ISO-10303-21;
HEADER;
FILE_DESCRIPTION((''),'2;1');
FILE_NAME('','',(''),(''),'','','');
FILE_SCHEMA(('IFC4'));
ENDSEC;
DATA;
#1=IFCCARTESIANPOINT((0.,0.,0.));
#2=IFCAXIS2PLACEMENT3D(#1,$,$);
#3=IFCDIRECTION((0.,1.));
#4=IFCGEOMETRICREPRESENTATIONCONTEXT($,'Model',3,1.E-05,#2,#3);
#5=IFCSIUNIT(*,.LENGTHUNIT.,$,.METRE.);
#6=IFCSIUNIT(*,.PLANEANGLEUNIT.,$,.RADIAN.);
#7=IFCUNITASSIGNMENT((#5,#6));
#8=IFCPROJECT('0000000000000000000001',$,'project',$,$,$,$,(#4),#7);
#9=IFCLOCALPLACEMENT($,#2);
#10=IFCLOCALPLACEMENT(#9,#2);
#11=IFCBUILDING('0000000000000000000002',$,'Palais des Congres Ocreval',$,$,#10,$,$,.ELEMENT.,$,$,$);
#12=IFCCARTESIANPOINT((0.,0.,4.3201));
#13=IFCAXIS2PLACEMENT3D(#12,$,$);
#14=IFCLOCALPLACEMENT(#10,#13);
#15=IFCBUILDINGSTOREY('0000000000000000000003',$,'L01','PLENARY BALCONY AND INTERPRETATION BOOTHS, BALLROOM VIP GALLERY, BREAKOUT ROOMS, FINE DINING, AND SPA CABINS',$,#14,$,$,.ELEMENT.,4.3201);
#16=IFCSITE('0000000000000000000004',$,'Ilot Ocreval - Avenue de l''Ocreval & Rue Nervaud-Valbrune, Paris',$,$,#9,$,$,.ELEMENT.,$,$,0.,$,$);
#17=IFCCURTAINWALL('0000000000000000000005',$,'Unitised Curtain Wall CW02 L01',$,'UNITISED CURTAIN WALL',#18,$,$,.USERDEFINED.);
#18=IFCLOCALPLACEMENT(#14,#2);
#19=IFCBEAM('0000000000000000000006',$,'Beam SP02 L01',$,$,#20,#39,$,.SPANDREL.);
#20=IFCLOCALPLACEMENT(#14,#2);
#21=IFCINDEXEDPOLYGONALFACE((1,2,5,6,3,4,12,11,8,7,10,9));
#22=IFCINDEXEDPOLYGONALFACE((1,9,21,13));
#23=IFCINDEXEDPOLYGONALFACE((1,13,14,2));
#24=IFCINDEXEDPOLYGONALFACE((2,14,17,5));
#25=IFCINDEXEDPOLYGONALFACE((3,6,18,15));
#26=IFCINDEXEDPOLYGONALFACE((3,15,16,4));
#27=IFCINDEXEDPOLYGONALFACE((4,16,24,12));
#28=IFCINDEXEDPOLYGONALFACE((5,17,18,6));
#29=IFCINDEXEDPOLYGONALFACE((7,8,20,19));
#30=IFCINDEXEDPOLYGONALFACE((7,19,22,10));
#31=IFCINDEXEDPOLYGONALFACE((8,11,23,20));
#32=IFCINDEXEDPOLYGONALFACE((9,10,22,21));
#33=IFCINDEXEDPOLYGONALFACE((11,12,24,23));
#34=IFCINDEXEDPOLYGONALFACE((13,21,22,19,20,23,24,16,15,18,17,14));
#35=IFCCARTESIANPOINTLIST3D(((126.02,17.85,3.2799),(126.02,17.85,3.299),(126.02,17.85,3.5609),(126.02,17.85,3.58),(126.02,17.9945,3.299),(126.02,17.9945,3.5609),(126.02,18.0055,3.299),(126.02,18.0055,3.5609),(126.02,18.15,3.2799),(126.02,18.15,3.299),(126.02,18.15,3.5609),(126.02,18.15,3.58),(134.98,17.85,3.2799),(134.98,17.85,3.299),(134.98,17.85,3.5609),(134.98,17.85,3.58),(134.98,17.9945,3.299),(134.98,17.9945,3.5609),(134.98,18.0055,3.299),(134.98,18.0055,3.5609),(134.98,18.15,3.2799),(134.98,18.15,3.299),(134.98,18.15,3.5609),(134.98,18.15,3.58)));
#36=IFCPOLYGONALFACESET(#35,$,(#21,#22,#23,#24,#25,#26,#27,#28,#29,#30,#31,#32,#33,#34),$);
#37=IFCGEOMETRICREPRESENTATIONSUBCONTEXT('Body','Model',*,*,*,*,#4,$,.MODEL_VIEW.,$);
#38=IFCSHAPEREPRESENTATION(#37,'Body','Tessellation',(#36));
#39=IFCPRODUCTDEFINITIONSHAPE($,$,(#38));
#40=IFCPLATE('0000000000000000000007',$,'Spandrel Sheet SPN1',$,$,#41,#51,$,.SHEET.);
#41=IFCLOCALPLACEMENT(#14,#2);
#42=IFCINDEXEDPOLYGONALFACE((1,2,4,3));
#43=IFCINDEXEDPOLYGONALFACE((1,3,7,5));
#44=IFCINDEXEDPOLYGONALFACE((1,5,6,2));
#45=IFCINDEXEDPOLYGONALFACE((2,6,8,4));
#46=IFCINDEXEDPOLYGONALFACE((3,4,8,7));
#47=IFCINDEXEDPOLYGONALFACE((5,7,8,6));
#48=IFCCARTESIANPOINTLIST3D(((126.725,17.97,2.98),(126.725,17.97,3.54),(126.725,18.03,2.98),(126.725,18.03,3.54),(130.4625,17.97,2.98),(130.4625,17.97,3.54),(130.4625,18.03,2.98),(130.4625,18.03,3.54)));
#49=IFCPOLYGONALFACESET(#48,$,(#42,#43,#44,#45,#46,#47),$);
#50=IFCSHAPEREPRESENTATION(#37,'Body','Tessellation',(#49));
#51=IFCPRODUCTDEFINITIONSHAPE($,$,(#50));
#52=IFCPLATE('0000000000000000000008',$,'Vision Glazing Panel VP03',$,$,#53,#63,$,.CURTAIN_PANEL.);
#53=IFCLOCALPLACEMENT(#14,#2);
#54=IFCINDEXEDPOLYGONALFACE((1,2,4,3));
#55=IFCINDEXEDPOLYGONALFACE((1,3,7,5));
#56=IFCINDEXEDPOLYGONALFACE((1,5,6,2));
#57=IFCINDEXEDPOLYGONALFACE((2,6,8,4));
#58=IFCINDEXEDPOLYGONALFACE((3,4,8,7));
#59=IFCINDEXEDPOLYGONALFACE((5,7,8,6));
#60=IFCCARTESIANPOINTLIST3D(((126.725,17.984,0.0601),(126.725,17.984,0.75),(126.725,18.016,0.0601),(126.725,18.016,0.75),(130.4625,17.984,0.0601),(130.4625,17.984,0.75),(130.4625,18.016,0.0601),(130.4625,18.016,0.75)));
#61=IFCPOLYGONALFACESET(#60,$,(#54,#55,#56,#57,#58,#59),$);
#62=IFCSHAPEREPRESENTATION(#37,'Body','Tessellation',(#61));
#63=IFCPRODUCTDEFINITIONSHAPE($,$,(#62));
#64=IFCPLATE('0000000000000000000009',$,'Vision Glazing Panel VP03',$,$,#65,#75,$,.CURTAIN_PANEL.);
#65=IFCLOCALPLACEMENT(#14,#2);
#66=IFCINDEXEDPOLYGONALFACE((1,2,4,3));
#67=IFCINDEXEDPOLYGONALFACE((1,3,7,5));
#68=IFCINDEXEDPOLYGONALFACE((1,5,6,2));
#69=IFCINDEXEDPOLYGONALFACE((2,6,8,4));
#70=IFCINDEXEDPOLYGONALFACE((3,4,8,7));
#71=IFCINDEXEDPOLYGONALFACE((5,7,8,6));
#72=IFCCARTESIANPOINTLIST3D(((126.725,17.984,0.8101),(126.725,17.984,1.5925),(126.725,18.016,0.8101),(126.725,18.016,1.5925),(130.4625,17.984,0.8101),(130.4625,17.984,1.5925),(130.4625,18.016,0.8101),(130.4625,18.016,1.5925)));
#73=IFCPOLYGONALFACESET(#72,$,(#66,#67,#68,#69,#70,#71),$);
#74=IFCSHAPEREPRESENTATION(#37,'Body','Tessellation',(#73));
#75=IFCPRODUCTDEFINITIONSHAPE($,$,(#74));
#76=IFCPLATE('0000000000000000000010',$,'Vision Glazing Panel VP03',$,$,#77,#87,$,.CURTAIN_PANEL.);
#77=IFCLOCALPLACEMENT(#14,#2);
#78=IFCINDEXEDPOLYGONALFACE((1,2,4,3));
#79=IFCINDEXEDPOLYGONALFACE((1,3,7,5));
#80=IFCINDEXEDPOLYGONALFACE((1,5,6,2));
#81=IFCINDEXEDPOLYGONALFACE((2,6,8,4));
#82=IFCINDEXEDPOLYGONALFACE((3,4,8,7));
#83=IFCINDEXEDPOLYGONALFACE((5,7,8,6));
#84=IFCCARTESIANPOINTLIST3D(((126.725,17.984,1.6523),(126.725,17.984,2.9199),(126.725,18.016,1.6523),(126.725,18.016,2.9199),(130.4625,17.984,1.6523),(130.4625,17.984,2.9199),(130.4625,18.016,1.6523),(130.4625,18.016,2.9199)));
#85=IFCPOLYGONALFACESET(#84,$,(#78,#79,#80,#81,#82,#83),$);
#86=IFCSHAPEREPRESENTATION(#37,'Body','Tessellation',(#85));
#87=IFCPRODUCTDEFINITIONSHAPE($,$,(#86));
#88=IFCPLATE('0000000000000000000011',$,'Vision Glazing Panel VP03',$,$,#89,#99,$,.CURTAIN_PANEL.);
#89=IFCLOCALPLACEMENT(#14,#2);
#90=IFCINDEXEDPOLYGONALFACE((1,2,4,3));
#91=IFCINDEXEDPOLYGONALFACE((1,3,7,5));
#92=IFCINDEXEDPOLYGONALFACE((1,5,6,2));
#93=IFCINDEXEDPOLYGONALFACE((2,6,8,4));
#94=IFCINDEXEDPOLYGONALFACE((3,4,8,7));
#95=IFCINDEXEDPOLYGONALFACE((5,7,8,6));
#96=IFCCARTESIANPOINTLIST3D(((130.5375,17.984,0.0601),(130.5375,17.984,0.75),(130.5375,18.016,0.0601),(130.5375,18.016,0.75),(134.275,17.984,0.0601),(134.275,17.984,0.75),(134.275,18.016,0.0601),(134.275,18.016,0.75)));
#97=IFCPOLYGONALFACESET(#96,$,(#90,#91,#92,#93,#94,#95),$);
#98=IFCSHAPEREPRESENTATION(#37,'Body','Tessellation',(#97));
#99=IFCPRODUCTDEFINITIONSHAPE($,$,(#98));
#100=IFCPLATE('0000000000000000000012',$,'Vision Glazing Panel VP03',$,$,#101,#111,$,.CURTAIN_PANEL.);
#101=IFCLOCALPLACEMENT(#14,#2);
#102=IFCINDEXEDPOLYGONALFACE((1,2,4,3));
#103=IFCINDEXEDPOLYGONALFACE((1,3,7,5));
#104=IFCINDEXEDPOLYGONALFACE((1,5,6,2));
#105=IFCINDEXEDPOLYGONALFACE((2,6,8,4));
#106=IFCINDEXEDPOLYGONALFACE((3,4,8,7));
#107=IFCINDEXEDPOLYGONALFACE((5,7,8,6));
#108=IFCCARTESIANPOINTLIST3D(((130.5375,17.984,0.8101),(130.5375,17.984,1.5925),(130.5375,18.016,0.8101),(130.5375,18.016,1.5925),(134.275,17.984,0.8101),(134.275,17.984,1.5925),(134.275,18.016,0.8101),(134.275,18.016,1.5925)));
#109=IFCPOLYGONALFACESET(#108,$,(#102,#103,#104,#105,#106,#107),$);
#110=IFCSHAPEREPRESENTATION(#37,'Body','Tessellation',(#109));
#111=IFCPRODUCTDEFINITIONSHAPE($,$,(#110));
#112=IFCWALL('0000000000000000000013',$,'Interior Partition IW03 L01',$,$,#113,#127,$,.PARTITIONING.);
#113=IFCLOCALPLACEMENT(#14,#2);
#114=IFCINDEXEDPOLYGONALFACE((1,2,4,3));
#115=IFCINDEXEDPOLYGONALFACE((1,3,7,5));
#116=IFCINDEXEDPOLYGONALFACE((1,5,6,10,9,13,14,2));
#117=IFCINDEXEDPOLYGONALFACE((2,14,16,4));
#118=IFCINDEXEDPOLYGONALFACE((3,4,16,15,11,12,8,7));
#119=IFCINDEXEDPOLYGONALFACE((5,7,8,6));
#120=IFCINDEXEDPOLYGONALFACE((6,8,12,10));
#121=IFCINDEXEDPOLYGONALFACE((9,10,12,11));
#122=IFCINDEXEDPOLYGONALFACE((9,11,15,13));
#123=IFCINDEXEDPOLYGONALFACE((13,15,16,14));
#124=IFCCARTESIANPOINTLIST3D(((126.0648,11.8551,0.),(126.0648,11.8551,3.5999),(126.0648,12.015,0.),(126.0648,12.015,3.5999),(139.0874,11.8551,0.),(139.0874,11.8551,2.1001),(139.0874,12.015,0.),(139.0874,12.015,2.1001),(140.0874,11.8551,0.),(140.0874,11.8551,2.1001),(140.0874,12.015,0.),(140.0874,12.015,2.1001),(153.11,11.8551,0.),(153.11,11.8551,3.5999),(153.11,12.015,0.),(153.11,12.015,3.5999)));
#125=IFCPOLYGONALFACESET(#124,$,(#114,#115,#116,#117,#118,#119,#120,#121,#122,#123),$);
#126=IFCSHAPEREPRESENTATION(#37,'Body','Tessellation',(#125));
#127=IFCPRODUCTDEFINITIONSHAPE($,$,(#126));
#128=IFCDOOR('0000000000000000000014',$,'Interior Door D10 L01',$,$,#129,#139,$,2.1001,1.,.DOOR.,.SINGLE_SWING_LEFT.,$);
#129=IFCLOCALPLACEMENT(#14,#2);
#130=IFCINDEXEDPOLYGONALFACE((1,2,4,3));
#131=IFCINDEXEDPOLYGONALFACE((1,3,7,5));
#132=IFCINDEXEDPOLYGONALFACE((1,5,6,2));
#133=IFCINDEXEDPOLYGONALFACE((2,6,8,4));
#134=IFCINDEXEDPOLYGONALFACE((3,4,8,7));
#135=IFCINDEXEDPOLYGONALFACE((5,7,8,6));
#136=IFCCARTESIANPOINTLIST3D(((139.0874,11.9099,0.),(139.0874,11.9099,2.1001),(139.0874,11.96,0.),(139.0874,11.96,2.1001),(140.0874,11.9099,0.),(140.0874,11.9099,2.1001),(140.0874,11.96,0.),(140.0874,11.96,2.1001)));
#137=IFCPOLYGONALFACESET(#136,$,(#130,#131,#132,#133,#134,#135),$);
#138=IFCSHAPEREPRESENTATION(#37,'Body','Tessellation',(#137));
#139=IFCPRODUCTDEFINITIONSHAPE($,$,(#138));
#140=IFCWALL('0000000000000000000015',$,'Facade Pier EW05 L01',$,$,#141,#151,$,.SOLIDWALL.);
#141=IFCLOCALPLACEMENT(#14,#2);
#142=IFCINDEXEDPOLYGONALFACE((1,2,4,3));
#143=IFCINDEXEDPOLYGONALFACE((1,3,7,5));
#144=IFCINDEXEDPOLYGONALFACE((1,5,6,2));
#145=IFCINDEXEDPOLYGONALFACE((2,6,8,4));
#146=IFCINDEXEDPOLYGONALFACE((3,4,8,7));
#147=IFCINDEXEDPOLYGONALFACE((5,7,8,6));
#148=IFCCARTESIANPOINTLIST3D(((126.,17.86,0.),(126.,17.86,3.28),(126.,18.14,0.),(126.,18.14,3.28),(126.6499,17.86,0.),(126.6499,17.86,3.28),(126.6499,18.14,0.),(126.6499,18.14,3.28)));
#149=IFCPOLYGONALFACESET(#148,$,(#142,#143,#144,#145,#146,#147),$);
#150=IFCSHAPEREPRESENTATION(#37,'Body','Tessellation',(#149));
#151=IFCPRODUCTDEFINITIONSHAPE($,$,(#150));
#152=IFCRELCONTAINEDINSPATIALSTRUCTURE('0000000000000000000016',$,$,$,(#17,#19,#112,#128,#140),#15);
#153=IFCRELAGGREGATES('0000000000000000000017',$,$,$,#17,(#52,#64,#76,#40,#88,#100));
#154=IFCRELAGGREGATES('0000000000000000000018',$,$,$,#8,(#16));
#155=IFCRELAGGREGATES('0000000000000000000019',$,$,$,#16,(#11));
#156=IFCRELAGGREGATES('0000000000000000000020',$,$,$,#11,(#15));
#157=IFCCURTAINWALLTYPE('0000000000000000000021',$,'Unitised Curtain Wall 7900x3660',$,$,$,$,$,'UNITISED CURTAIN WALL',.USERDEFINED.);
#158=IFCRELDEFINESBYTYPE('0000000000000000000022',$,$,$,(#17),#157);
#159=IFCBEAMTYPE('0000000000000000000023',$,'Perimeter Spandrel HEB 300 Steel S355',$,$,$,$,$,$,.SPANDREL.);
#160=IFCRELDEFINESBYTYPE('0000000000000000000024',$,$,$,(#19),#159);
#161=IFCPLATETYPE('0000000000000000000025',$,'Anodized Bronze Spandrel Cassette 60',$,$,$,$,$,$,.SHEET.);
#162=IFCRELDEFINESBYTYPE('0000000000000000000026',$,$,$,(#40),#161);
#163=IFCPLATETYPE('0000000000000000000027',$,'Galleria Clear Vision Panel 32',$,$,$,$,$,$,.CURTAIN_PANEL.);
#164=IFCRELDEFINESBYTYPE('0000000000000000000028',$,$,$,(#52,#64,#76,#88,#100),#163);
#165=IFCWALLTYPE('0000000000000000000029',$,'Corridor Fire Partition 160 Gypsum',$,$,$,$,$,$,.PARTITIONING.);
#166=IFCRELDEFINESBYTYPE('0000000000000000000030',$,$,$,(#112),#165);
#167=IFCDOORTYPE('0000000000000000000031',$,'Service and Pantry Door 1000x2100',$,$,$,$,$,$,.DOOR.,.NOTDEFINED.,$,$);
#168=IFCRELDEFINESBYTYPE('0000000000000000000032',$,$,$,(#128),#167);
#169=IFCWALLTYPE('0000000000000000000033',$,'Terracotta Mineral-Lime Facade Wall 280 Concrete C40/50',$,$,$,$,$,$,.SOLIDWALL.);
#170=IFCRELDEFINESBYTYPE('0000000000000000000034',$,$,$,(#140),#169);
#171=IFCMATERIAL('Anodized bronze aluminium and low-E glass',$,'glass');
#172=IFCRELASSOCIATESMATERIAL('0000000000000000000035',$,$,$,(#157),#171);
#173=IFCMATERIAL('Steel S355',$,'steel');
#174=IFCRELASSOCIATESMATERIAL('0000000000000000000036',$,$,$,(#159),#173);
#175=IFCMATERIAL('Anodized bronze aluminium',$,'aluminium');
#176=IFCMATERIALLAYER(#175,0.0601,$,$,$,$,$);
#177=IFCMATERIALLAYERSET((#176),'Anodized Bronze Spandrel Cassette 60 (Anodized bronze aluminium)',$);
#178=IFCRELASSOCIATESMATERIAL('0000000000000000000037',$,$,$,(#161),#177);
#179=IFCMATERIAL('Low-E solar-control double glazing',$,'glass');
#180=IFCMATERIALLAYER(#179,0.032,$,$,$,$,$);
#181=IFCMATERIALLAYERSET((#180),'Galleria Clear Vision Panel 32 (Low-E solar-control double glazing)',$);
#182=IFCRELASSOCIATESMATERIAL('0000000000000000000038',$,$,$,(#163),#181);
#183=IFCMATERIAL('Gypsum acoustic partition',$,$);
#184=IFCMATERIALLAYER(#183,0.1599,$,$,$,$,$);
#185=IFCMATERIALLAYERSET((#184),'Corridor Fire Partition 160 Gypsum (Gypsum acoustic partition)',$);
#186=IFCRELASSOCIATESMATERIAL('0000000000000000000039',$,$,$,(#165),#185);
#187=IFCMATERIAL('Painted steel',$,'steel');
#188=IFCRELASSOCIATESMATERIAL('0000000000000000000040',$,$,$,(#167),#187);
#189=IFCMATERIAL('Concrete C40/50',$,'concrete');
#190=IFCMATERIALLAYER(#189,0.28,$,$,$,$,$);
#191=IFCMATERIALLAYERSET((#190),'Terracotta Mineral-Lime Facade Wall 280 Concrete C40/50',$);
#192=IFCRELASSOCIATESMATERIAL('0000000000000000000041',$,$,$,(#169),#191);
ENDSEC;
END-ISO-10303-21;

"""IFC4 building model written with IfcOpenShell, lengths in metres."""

from ifc_helpers import new_model, si_unit, direction, frame, frame_2d, origin, origin_2d, place, context, subcontext, project, spatial, rectangle, i_section, extrude, material, layer, layer_set, material_profile, profile_set, type_object, element, fill, aggregate, save


model = new_model("IFC4")

# Units and contexts
model_context = context("Model", 3, precision=1e-05, world=origin(), true_north=direction((0.0, 1.0)))
body_context = subcontext(model_context, "Body", "Model", "MODEL_VIEW")
ifc_project = project(units=[si_unit("LENGTHUNIT", "METRE"), si_unit("PLANEANGLEUNIT", "RADIAN")], contexts=[model_context])

# Site, building, storey
site_placement = place(None, origin())
site = spatial("IfcSite", under=ifc_project, at=site_placement, Name="Ilot Ocreval - Avenue de l'Ocreval & Rue Nervaud-Valbrune, Paris", CompositionType="ELEMENT", RefElevation=0.0)
building_placement = place(site_placement, origin())
building = spatial("IfcBuilding", under=site, at=building_placement, Name="Palais des Congres Ocreval", CompositionType="ELEMENT")
storey_placement = place(building_placement, frame((0.0, 0.0, 4.3201)))
storey = spatial("IfcBuildingStorey", under=building, at=storey_placement, Name="L01", Description="PLENARY BALCONY AND INTERPRETATION BOOTHS, BALLROOM VIP GALLERY, BREAKOUT ROOMS, FINE DINING, AND SPA CABINS", CompositionType="ELEMENT", Elevation=4.3201)

# Shared definitions
ifc_material_1 = material(Name="Steel S355", Category="steel")

# Curtain wall
ifc_material_2 = material(Name="Anodized bronze aluminium and low-E glass", Category="glass")
curtain_wall_type = type_object("IfcCurtainWallType", Name="Unitised Curtain Wall 7900x3660", ElementType="UNITISED CURTAIN WALL", PredefinedType="USERDEFINED", material=ifc_material_2)
curtain_wall_placement = place(storey_placement, origin())
curtain_wall = element("IfcCurtainWall", 1, at=curtain_wall_placement, inside=storey, type_object=curtain_wall_type, Name="Unitised Curtain Wall CW02 L01", ObjectType="UNITISED CURTAIN WALL", PredefinedType="USERDEFINED")
ifc_material_3 = material(Name="Anodized bronze aluminium", Category="aluminium")

# Beam
ifc_material_profile_1 = material_profile(ifc_material_1, i_section(OverallWidth=0.3, OverallDepth=0.3, WebThickness=0.011, FlangeThickness=0.019, at=origin_2d()), Name="HEB 300")
ifc_profile_set_1 = profile_set([ifc_material_profile_1], Name="Steel S355")
beam_type = type_object("IfcBeamType", Name="Perimeter Spandrel HEB 300 Steel S355", PredefinedType="SPANDREL", material=ifc_profile_set_1)
beam_placement = place(storey_placement, frame((126.02, 18.0, 3.4299), z_axis=(1.0, 0.0, 0.0), x_axis=(0.0, 1.0, 0.0)))
element("IfcBeam", 2, at=beam_placement, inside=storey, type_object=beam_type, Name="Beam SP02 L01", PredefinedType="SPANDREL", context=body_context, shape_type="SweptSolid", body=[
    extrude(i_section(OverallWidth=0.3, OverallDepth=0.3, WebThickness=0.011, FlangeThickness=0.019, at=origin_2d()), origin(), (0.0, 0.0, 1.0), 8.96),
])

# Plates
ifc_layer_1 = layer(ifc_material_3, 0.0601)
ifc_layer_set_1 = layer_set([ifc_layer_1], Name="Anodized Bronze Spandrel Cassette 60 (Anodized bronze aluminium)")
plate_type_1 = type_object("IfcPlateType", Name="Anodized Bronze Spandrel Cassette 60", PredefinedType="SHEET", material=ifc_layer_set_1)
plate_1_placement = place(storey_placement, frame((128.5938, 18.0, 2.98), z_axis=(0.0, 0.0, 1.0), x_axis=(1.0, 0.0, 0.0)))
plate_1 = element("IfcPlate", 3, at=plate_1_placement, type_object=plate_type_1, Name="Spandrel Sheet SPN1", PredefinedType="SHEET", context=body_context, shape_type="SweptSolid", body=[
    extrude(rectangle(XDim=3.7375, YDim=0.0601, at=origin_2d()), origin(), (0.0, 0.0, 1.0), 0.5601),
])
ifc_material_4 = material(Name="Low-E solar-control double glazing", Category="glass")
ifc_layer_2 = layer(ifc_material_4, 0.032)
ifc_layer_set_2 = layer_set([ifc_layer_2], Name="Galleria Clear Vision Panel 32 (Low-E solar-control double glazing)")
plate_type_2 = type_object("IfcPlateType", Name="Galleria Clear Vision Panel 32", PredefinedType="CURTAIN_PANEL", material=ifc_layer_set_2)
plate_2_placement = place(storey_placement, frame((128.5938, 18.0, 0.0601), z_axis=(0.0, 0.0, 1.0), x_axis=(1.0, 0.0, 0.0)))
plate_2 = element("IfcPlate", 4, at=plate_2_placement, type_object=plate_type_2, Name="Vision Glazing Panel VP03", PredefinedType="CURTAIN_PANEL", context=body_context, shape_type="SweptSolid", body=[
    extrude(rectangle(XDim=3.7375, YDim=0.032, at=origin_2d()), origin(), (0.0, 0.0, 1.0), 0.6899),
])
plate_3_placement = place(storey_placement, frame((128.5938, 18.0, 0.8101), z_axis=(0.0, 0.0, 1.0), x_axis=(1.0, 0.0, 0.0)))
plate_3 = element("IfcPlate", 5, at=plate_3_placement, type_object=plate_type_2, Name="Vision Glazing Panel VP03", PredefinedType="CURTAIN_PANEL", context=body_context, shape_type="SweptSolid", body=[
    extrude(rectangle(XDim=3.7375, YDim=0.032, at=origin_2d()), origin(), (0.0, 0.0, 1.0), 0.7825),
])
plate_4_placement = place(storey_placement, frame((128.5938, 18.0, 1.6523), z_axis=(0.0, 0.0, 1.0), x_axis=(1.0, 0.0, 0.0)))
plate_4 = element("IfcPlate", 6, at=plate_4_placement, type_object=plate_type_2, Name="Vision Glazing Panel VP03", PredefinedType="CURTAIN_PANEL", context=body_context, shape_type="SweptSolid", body=[
    extrude(rectangle(XDim=3.7375, YDim=0.032, at=origin_2d()), origin(), (0.0, 0.0, 1.0), 1.2676),
])
plate_5_placement = place(storey_placement, frame((132.4062, 18.0, 0.0601), z_axis=(0.0, 0.0, 1.0), x_axis=(1.0, 0.0, 0.0)))
plate_5 = element("IfcPlate", 7, at=plate_5_placement, type_object=plate_type_2, Name="Vision Glazing Panel VP03", PredefinedType="CURTAIN_PANEL", context=body_context, shape_type="SweptSolid", body=[
    extrude(rectangle(XDim=3.7375, YDim=0.032, at=origin_2d()), origin(), (0.0, 0.0, 1.0), 0.6899),
])
plate_6_placement = place(storey_placement, frame((132.4062, 18.0, 0.8101), z_axis=(0.0, 0.0, 1.0), x_axis=(1.0, 0.0, 0.0)))
plate_6 = element("IfcPlate", 8, at=plate_6_placement, type_object=plate_type_2, Name="Vision Glazing Panel VP03", PredefinedType="CURTAIN_PANEL", context=body_context, shape_type="SweptSolid", body=[
    extrude(rectangle(XDim=3.7375, YDim=0.032, at=origin_2d()), origin(), (0.0, 0.0, 1.0), 0.7825),
])
aggregate(curtain_wall, [plate_2, plate_3, plate_4, plate_1, plate_5, plate_6])

# Wall, opening, door
ifc_material_5 = material(Name="Gypsum acoustic partition")
ifc_layer_3 = layer(ifc_material_5, 0.1599)
ifc_layer_set_3 = layer_set([ifc_layer_3], Name="Corridor Fire Partition 160 Gypsum (Gypsum acoustic partition)")
wall_type_1 = type_object("IfcWallType", Name="Corridor Fire Partition 160 Gypsum", PredefinedType="PARTITIONING", material=ifc_layer_set_3)
wall_1_placement = place(storey_placement, frame((126.0649, 11.9351, 0.0), z_axis=(0.0, 0.0, 1.0), x_axis=(1.0, 0.0, 0.0)))
wall_1 = element("IfcWall", 9, at=wall_1_placement, inside=storey, type_object=wall_type_1, Name="Interior Partition IW03 L01", PredefinedType="PARTITIONING", context=body_context, shape_type="SweptSolid", body=[
    extrude(rectangle(XDim=27.0452, YDim=0.1599, at=frame_2d((13.5225, 0.0))), origin(), (0.0, 0.0, 1.0), 3.5999),
])
opening_placement = place(wall_1_placement, frame((13.0225, 0.0, 0.0)))
opening = element("IfcOpeningElement", 10, at=opening_placement, cuts=wall_1, PredefinedType="OPENING", context=body_context, shape_type="SweptSolid", body=[
    extrude(rectangle(XDim=1.0, YDim=2.1001, at=frame_2d((0.5, 1.05))), frame((0.0, 0.0898, 0.0), z_axis=(0.0, -1.0, 0.0), x_axis=(1.0, 0.0, 0.0)), (0.0, 0.0, 1.0), 0.1799),
])
ifc_material_6 = material(Name="Painted steel", Category="steel")
door_type = type_object("IfcDoorType", Name="Service and Pantry Door 1000x2100", OperationType="NOTDEFINED", PredefinedType="DOOR", material=ifc_material_6)
door_placement = place(opening_placement, origin())
door = element("IfcDoor", 11, at=door_placement, inside=storey, type_object=door_type, Name="Interior Door D10 L01", OperationType="SINGLE_SWING_LEFT", OverallHeight=2.1001, OverallWidth=1.0, PredefinedType="DOOR", context=body_context, shape_type="SweptSolid", body=[
    extrude(rectangle(XDim=1.0, YDim=2.1001, at=frame_2d((0.5, 1.05))), frame((0.0, 0.0249, 0.0), z_axis=(0.0, -1.0, 0.0), x_axis=(1.0, 0.0, 0.0)), (0.0, 0.0, 1.0), 0.05),
])
fill(opening, door)

# Wall
ifc_material_7 = material(Name="Concrete C40/50", Category="concrete")
ifc_layer_4 = layer(ifc_material_7, 0.28)
ifc_layer_set_4 = layer_set([ifc_layer_4], Name="Terracotta Mineral-Lime Facade Wall 280 Concrete C40/50")
wall_type_2 = type_object("IfcWallType", Name="Terracotta Mineral-Lime Facade Wall 280 Concrete C40/50", PredefinedType="SOLIDWALL", material=ifc_layer_set_4)
wall_2_placement = place(storey_placement, frame((126.0, 18.0, 0.0), z_axis=(0.0, 0.0, 1.0), x_axis=(1.0, 0.0, 0.0)))
element("IfcWall", 12, at=wall_2_placement, inside=storey, type_object=wall_type_2, Name="Facade Pier EW05 L01", PredefinedType="SOLIDWALL", context=body_context, shape_type="SweptSolid", body=[
    extrude(rectangle(XDim=0.6499, YDim=0.28, at=frame_2d((0.325, 0.0))), origin(), (0.0, 0.0, 1.0), 3.28),
])

save(model, "model.ifc")
